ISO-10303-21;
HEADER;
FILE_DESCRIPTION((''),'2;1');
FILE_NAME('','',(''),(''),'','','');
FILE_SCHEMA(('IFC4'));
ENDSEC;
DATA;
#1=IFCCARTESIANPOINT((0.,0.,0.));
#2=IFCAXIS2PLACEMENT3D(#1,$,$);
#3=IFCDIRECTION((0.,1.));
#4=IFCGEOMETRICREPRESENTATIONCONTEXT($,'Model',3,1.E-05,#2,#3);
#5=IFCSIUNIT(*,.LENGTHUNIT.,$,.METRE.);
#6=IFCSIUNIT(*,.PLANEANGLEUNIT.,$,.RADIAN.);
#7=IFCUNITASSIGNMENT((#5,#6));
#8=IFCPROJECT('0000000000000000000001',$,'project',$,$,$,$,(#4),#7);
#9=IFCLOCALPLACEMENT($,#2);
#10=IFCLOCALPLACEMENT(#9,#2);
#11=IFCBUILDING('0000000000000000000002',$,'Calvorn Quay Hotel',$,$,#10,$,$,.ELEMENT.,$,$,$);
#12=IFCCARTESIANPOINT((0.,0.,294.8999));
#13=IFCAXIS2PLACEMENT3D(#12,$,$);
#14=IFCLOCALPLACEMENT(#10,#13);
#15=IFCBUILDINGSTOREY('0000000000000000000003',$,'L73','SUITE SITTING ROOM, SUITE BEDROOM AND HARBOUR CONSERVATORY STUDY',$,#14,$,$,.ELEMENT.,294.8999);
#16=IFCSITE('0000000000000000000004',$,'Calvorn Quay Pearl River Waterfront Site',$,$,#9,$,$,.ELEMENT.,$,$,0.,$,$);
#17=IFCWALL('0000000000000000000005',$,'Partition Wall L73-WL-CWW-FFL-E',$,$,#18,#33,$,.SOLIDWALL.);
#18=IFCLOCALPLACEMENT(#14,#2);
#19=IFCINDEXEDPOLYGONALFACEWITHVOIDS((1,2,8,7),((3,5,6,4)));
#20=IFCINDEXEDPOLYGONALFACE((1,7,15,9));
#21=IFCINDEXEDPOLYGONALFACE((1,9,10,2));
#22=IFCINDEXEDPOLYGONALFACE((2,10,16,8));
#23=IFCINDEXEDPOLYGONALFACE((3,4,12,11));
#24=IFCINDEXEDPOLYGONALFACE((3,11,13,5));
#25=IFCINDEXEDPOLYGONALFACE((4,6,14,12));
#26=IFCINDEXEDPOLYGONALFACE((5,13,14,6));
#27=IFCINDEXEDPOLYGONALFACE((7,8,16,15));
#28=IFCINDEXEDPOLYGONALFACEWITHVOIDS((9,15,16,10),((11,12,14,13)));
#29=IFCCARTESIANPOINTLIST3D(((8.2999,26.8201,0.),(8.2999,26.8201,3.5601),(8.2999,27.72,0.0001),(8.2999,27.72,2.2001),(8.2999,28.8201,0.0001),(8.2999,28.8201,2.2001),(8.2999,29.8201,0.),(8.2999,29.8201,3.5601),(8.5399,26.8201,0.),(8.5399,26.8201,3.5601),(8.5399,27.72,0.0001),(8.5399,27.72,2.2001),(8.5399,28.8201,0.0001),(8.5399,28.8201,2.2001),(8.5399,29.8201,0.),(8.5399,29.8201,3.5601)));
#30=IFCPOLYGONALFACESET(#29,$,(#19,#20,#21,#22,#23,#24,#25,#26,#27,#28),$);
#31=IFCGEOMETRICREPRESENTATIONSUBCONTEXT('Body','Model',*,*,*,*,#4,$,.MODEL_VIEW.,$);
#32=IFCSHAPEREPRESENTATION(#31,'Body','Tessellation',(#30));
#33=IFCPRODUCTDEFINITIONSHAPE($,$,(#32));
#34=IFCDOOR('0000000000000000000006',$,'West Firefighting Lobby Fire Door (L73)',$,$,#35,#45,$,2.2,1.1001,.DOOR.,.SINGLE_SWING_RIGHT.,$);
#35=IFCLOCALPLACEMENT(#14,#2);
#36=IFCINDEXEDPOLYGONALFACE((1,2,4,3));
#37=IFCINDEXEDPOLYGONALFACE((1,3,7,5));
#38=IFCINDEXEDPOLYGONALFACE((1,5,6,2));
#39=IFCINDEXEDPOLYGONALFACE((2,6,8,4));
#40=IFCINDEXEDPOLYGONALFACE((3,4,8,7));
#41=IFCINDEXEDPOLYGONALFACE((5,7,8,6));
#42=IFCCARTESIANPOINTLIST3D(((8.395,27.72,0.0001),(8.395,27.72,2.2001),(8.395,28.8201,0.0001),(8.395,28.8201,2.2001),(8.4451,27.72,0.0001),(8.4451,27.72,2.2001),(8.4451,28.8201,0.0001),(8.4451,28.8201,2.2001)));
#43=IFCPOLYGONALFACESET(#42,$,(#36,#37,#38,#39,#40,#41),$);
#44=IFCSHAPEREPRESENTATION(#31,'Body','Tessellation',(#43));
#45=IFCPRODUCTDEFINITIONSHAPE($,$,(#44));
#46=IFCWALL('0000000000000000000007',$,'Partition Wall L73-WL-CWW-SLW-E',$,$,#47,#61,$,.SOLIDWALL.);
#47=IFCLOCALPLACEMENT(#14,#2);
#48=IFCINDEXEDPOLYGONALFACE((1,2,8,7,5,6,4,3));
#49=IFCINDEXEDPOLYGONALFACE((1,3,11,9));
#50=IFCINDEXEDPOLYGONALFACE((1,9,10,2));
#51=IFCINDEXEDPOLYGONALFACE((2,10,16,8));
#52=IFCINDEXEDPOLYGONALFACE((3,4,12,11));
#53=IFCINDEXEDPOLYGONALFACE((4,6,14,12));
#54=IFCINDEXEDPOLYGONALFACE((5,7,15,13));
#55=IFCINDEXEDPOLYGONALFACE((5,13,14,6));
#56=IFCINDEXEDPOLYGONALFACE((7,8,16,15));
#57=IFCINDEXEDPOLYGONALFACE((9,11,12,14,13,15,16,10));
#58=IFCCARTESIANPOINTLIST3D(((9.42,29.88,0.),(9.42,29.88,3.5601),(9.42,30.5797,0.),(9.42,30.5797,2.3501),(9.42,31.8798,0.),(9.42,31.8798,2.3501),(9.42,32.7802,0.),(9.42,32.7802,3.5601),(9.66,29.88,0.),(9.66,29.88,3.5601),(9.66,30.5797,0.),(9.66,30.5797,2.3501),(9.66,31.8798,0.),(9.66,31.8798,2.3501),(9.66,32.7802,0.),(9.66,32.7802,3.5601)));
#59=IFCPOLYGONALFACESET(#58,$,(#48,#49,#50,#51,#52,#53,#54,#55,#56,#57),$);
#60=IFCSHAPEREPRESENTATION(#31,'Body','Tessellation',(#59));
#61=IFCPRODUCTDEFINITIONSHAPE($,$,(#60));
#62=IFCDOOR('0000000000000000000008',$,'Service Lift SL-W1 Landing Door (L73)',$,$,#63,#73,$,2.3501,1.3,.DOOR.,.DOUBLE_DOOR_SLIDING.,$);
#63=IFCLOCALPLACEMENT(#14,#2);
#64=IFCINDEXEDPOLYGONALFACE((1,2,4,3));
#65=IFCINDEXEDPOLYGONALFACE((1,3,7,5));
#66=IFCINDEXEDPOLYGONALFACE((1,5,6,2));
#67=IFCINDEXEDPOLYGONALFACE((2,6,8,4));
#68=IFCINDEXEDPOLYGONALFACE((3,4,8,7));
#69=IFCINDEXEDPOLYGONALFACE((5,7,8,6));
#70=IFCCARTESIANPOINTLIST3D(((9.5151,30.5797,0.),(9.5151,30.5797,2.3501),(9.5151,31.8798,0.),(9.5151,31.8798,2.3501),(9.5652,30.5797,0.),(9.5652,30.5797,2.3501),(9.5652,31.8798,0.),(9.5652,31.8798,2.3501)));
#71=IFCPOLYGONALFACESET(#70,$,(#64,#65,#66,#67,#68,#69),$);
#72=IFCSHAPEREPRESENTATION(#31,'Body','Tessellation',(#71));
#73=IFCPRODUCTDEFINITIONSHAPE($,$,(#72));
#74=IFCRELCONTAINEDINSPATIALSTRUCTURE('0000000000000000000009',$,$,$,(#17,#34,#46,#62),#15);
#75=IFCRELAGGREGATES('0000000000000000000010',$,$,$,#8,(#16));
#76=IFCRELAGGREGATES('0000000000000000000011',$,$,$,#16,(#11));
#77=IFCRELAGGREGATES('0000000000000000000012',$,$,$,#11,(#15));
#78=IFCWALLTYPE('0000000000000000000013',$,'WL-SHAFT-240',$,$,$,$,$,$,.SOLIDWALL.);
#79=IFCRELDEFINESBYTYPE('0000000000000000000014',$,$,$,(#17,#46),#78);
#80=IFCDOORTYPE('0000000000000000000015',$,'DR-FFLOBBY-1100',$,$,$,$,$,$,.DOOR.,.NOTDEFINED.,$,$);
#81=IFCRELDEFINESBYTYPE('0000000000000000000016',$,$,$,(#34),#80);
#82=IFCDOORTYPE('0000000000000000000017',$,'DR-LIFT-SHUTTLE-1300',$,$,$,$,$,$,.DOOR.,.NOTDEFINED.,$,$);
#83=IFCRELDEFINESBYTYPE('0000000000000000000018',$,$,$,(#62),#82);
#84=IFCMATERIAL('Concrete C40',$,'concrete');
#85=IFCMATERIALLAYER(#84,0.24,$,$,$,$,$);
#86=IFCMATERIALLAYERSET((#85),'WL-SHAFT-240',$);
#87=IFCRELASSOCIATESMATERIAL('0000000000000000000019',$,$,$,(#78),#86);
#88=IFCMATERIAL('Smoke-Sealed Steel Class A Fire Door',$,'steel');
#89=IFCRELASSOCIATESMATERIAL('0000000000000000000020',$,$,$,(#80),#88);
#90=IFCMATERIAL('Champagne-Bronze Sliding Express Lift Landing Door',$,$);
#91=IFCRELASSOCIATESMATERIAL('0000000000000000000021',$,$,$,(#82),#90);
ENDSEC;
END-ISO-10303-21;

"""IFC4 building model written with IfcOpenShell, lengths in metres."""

from ifc_helpers import new_model, si_unit, direction, frame, frame_2d, origin, place, context, subcontext, project, spatial, rectangle, extrude, material, layer, layer_set, type_object, element, fill, save


model = new_model("IFC4")

# Units and contexts
model_context = context("Model", 3, precision=1e-05, world=origin(), true_north=direction((0.0, 1.0)))
body_context = subcontext(model_context, "Body", "Model", "MODEL_VIEW")
ifc_project = project(units=[si_unit("LENGTHUNIT", "METRE"), si_unit("PLANEANGLEUNIT", "RADIAN")], contexts=[model_context])

# Site, building, storey
site_placement = place(None, origin())
site = spatial("IfcSite", under=ifc_project, at=site_placement, Name="Calvorn Quay Pearl River Waterfront Site", CompositionType="ELEMENT", RefElevation=0.0)
building_placement = place(site_placement, origin())
building = spatial("IfcBuilding", under=site, at=building_placement, Name="Calvorn Quay Hotel", CompositionType="ELEMENT")
storey_placement = place(building_placement, frame((0.0, 0.0, 294.8999)))
storey = spatial("IfcBuildingStorey", under=building, at=storey_placement, Name="L73", Description="SUITE SITTING ROOM, SUITE BEDROOM AND HARBOUR CONSERVATORY STUDY", CompositionType="ELEMENT", Elevation=294.8999)

# Walls, openings, doors
ifc_material_1 = material(Name="Concrete C40", Category="concrete")
ifc_layer_1 = layer(ifc_material_1, 0.24)
ifc_layer_set_1 = layer_set([ifc_layer_1], Name="WL-SHAFT-240")
wall_type_1 = type_object("IfcWallType", Name="WL-SHAFT-240", PredefinedType="SOLIDWALL", material=ifc_layer_set_1)
wall_1_placement = place(storey_placement, frame((8.4199, 26.8201, 0.0), z_axis=(0.0, 0.0, 1.0), x_axis=(0.0, 1.0, 0.0)))
wall_1 = element("IfcWall", 1, at=wall_1_placement, inside=storey, type_object=wall_type_1, Name="Partition Wall L73-WL-CWW-FFL-E", PredefinedType="SOLIDWALL", context=body_context, shape_type="SweptSolid", body=[
    extrude(rectangle(XDim=3.0, YDim=0.24, at=frame_2d((1.5, 0.0))), origin(), (0.0, 0.0, 1.0), 3.5601),
])
opening_1_placement = place(wall_1_placement, frame((0.8999, 0.0, 0.0)))
opening_1 = element("IfcOpeningElement", 2, at=opening_1_placement, cuts=wall_1, PredefinedType="OPENING", context=body_context, shape_type="SweptSolid", body=[
    extrude(rectangle(XDim=1.1001, YDim=2.2, at=frame_2d((0.55, 1.1001))), frame((0.0, 0.1299, 0.0), z_axis=(0.0, -1.0, 0.0), x_axis=(1.0, 0.0, 0.0)), (0.0, 0.0, 1.0), 0.26),
])
ifc_material_2 = material(Name="Smoke-Sealed Steel Class A Fire Door", Category="steel")
door_type_1 = type_object("IfcDoorType", Name="DR-FFLOBBY-1100", OperationType="NOTDEFINED", PredefinedType="DOOR", material=ifc_material_2)
door_1_placement = place(opening_1_placement, origin())
door_1 = element("IfcDoor", 3, at=door_1_placement, inside=storey, type_object=door_type_1, Name="West Firefighting Lobby Fire Door (L73)", OperationType="SINGLE_SWING_RIGHT", OverallHeight=2.2, OverallWidth=1.1001, PredefinedType="DOOR", context=body_context, shape_type="SweptSolid", body=[
    extrude(rectangle(XDim=1.1001, YDim=2.2, at=frame_2d((0.55, 1.1001))), frame((0.0, 0.0249, 0.0), z_axis=(0.0, -1.0, 0.0), x_axis=(1.0, 0.0, 0.0)), (0.0, 0.0, 1.0), 0.05),
])
fill(opening_1, door_1)
wall_2_placement = place(storey_placement, frame((9.54, 29.8799, 0.0), z_axis=(0.0, 0.0, 1.0), x_axis=(0.0, 1.0, 0.0)))
wall_2 = element("IfcWall", 4, at=wall_2_placement, inside=storey, type_object=wall_type_1, Name="Partition Wall L73-WL-CWW-SLW-E", PredefinedType="SOLIDWALL", context=body_context, shape_type="SweptSolid", body=[
    extrude(rectangle(XDim=2.9001, YDim=0.24, at=frame_2d((1.4502, 0.0))), origin(), (0.0, 0.0, 1.0), 3.5601),
])
opening_2_placement = place(wall_2_placement, frame((0.7, 0.0, 0.0)))
opening_2 = element("IfcOpeningElement", 5, at=opening_2_placement, cuts=wall_2, PredefinedType="OPENING", context=body_context, shape_type="SweptSolid", body=[
    extrude(rectangle(XDim=1.3, YDim=2.3501, at=frame_2d((0.6499, 1.175))), frame((0.0, 0.1299, 0.0), z_axis=(0.0, -1.0, 0.0), x_axis=(1.0, 0.0, 0.0)), (0.0, 0.0, 1.0), 0.26),
])
ifc_material_3 = material(Name="Champagne-Bronze Sliding Express Lift Landing Door")
door_type_2 = type_object("IfcDoorType", Name="DR-LIFT-SHUTTLE-1300", OperationType="NOTDEFINED", PredefinedType="DOOR", material=ifc_material_3)
door_2_placement = place(opening_2_placement, origin())
door_2 = element("IfcDoor", 6, at=door_2_placement, inside=storey, type_object=door_type_2, Name="Service Lift SL-W1 Landing Door (L73)", OperationType="DOUBLE_DOOR_SLIDING", OverallHeight=2.3501, OverallWidth=1.3, PredefinedType="DOOR", context=body_context, shape_type="SweptSolid", body=[
    extrude(rectangle(XDim=1.3, YDim=2.3501, at=frame_2d((0.6499, 1.175))), frame((0.0, 0.0249, 0.0), z_axis=(0.0, -1.0, 0.0), x_axis=(1.0, 0.0, 0.0)), (0.0, 0.0, 1.0), 0.05),
])
fill(opening_2, door_2)

save(model, "model.ifc")
